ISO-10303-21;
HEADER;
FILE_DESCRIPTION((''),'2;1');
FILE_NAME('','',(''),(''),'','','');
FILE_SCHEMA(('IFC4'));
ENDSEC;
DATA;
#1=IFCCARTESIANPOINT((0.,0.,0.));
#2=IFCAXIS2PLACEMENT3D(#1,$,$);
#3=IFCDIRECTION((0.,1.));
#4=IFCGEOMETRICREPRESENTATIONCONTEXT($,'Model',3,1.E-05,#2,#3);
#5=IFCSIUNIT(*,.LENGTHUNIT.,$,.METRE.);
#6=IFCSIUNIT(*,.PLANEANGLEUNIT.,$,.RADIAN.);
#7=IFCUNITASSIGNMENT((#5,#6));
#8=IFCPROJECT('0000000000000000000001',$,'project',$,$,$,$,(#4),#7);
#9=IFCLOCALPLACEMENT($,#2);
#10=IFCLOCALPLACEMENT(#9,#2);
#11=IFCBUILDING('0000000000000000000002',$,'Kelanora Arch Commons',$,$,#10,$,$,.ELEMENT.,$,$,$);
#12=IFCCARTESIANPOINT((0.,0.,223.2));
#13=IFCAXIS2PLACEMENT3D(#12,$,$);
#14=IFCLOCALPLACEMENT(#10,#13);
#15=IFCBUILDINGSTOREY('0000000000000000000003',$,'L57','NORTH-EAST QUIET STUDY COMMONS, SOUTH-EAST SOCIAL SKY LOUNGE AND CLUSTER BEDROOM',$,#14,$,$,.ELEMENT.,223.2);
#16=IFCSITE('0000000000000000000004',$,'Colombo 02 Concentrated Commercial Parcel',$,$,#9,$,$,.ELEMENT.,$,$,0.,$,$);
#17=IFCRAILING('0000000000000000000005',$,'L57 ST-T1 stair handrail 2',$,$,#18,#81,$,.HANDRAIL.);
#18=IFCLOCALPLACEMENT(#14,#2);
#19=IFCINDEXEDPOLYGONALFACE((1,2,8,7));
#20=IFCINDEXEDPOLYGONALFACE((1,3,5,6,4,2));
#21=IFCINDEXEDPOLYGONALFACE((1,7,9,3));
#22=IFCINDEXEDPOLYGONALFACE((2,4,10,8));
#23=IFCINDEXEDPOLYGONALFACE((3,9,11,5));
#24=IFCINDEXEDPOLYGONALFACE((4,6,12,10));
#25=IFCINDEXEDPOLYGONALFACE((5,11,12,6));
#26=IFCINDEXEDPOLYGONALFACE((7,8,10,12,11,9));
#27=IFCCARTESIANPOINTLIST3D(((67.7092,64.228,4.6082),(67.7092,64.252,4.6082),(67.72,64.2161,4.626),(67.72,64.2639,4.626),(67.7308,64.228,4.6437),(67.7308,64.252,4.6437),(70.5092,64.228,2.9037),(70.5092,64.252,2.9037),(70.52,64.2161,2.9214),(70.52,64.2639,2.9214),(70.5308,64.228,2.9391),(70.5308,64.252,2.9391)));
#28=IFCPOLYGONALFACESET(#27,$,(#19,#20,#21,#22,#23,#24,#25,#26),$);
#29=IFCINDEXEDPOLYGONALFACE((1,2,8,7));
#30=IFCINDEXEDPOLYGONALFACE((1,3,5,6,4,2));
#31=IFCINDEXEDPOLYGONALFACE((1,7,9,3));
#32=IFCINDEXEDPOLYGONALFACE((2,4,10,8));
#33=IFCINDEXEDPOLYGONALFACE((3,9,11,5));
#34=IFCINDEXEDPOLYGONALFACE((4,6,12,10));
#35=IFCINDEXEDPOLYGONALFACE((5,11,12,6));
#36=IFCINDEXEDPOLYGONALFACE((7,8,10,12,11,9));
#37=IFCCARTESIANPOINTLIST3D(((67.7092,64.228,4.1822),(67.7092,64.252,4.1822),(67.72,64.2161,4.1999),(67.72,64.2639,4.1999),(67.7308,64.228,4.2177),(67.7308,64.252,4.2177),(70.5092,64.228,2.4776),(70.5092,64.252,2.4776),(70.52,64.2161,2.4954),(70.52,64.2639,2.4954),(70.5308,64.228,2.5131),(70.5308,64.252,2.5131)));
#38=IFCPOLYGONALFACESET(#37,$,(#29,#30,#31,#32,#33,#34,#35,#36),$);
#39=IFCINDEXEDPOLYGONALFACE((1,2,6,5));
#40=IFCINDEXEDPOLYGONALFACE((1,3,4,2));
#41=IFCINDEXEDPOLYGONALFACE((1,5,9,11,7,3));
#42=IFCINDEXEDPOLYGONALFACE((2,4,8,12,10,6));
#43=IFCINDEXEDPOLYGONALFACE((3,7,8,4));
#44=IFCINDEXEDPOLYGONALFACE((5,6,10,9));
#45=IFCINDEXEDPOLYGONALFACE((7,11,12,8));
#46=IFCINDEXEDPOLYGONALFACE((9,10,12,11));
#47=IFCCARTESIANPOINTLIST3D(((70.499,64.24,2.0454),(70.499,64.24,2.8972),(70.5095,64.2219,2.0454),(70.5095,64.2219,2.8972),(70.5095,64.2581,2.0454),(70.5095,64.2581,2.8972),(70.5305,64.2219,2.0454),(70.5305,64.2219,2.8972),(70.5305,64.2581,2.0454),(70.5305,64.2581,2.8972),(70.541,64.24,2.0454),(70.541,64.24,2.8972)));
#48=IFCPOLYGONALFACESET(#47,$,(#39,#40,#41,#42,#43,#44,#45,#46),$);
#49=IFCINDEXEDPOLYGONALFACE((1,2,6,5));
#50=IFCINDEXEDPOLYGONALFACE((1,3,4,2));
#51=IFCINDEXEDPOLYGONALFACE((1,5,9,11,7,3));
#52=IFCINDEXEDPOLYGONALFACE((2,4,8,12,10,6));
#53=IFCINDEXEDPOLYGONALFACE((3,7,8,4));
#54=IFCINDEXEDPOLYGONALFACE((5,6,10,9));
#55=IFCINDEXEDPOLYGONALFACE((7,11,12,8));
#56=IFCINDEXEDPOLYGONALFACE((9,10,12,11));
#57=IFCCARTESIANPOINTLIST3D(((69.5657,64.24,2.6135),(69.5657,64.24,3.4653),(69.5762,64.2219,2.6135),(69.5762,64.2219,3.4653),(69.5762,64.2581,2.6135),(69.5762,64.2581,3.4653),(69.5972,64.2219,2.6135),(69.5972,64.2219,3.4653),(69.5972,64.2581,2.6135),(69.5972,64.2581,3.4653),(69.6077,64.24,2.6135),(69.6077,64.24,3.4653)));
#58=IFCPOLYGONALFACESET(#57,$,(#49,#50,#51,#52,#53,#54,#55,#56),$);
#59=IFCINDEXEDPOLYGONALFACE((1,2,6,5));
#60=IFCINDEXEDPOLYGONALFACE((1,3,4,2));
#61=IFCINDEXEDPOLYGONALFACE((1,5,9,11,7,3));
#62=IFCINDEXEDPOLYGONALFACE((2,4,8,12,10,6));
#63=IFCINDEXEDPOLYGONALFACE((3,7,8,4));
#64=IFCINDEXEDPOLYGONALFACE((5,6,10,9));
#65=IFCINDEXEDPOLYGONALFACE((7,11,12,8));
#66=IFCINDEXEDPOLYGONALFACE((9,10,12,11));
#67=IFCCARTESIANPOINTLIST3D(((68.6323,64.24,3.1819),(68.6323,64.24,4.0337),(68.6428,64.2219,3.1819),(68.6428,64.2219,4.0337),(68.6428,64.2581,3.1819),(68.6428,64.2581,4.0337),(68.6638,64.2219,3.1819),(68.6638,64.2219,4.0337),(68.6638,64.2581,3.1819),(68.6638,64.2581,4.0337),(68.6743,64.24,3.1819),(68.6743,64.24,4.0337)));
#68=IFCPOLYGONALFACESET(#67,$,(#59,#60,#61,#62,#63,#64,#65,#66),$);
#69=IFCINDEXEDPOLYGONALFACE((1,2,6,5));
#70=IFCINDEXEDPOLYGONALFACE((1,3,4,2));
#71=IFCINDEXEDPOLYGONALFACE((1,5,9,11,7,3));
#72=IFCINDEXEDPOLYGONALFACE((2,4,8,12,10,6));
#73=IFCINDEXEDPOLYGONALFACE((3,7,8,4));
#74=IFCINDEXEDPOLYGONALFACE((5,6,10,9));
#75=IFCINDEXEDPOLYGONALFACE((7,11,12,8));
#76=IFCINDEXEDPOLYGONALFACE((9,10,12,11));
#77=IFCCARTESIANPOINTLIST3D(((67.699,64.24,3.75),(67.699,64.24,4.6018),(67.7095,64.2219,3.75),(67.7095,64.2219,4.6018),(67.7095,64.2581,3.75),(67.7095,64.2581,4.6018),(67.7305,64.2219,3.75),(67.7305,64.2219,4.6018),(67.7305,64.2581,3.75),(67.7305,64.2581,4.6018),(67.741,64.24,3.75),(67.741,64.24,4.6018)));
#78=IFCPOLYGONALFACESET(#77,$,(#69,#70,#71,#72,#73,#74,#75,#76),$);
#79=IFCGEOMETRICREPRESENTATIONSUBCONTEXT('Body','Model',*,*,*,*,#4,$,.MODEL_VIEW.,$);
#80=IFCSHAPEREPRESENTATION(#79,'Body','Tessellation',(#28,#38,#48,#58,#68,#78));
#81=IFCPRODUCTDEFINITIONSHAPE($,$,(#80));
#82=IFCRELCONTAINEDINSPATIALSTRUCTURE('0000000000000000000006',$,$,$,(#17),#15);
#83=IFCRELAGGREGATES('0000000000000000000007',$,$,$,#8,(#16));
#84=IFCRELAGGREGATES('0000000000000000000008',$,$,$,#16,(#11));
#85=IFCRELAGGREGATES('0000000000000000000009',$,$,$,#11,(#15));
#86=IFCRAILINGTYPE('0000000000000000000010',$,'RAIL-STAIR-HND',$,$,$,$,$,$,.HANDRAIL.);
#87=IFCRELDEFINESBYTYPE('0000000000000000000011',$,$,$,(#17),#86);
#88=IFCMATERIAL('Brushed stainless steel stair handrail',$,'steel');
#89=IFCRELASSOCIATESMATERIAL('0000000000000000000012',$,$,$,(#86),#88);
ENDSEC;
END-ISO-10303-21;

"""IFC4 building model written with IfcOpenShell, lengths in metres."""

from ifc_helpers import new_model, si_unit, direction, frame, origin, place, context, subcontext, project, spatial, polyline, outline, extrude, material, type_object, element, save


model = new_model("IFC4")

# Units and contexts
model_context = context("Model", 3, precision=1e-05, world=origin(), true_north=direction((0.0, 1.0)))
body_context = subcontext(model_context, "Body", "Model", "MODEL_VIEW")
ifc_project = project(units=[si_unit("LENGTHUNIT", "METRE"), si_unit("PLANEANGLEUNIT", "RADIAN")], contexts=[model_context])

# Site, building, storey
site_placement = place(None, origin())
site = spatial("IfcSite", under=ifc_project, at=site_placement, Name="Colombo 02 Concentrated Commercial Parcel", CompositionType="ELEMENT", RefElevation=0.0)
building_placement = place(site_placement, origin())
building = spatial("IfcBuilding", under=site, at=building_placement, Name="Kelanora Arch Commons", CompositionType="ELEMENT")
storey_placement = place(building_placement, frame((0.0, 0.0, 223.2)))
storey = spatial("IfcBuildingStorey", under=building, at=storey_placement, Name="L57", Description="NORTH-EAST QUIET STUDY COMMONS, SOUTH-EAST SOCIAL SKY LOUNGE AND CLUSTER BEDROOM", CompositionType="ELEMENT", Elevation=223.2)

# Railing
ifc_material_1 = material(Name="Brushed stainless steel stair handrail", Category="steel")
railing_type_1 = type_object("IfcRailingType", Name="RAIL-STAIR-HND", PredefinedType="HANDRAIL", material=ifc_material_1)
railing_1_placement = place(storey_placement, frame((70.52, 64.24, 2.0454)))
element("IfcRailing", 1, at=railing_1_placement, inside=storey, type_object=railing_type_1, Name="L57 ST-T1 stair handrail 2", PredefinedType="HANDRAIL", context=body_context, shape_type="SweptSolid", body=[
    extrude(outline(polyline([(0.0239, 0.0), (0.012, 0.0208), (-0.012, 0.0208), (-0.0239, 0.0), (-0.012, -0.0208), (0.012, -0.0208), (0.0239, 0.0)])), frame((0.0, 0.0, 0.876), z_axis=(-0.85417, 0.0, 0.519994), x_axis=(0.0, -1.0, 0.0)), (0.0, 0.0, 1.0), 3.2781),
    extrude(outline(polyline([(0.0239, 0.0), (0.012, 0.0208), (-0.012, 0.0208), (-0.0239, 0.0), (-0.012, -0.0208), (0.012, -0.0208), (0.0239, 0.0)])), frame((0.0, 0.0, 0.45), z_axis=(-0.85417, 0.0, 0.519994), x_axis=(0.0, -1.0, 0.0)), (0.0, 0.0, 1.0), 3.2781),
    extrude(outline(polyline([(0.021, 0.0), (0.0105, 0.0181), (-0.0105, 0.0181), (-0.021, 0.0), (-0.0105, -0.0181), (0.0105, -0.0181), (0.021, 0.0)])), origin(), (0.0, 0.0, 1.0), 0.8518),
    extrude(outline(polyline([(0.021, 0.0), (0.0105, 0.0181), (-0.0105, 0.0181), (-0.021, 0.0), (-0.0105, -0.0181), (0.0105, -0.0181), (0.021, 0.0)])), frame((-0.9333, 0.0, 0.5681)), (0.0, 0.0, 1.0), 0.8518),
    extrude(outline(polyline([(0.021, 0.0), (0.0105, 0.0181), (-0.0105, 0.0181), (-0.021, 0.0), (-0.0105, -0.0181), (0.0105, -0.0181), (0.021, 0.0)])), frame((-1.8667, 0.0, 1.1365)), (0.0, 0.0, 1.0), 0.8518),
    extrude(outline(polyline([(0.021, 0.0), (0.0105, 0.0181), (-0.0105, 0.0181), (-0.021, 0.0), (-0.0105, -0.0181), (0.0105, -0.0181), (0.021, 0.0)])), frame((-2.8, 0.0, 1.7046)), (0.0, 0.0, 1.0), 0.8518),
])

save(model, "model.ifc")
